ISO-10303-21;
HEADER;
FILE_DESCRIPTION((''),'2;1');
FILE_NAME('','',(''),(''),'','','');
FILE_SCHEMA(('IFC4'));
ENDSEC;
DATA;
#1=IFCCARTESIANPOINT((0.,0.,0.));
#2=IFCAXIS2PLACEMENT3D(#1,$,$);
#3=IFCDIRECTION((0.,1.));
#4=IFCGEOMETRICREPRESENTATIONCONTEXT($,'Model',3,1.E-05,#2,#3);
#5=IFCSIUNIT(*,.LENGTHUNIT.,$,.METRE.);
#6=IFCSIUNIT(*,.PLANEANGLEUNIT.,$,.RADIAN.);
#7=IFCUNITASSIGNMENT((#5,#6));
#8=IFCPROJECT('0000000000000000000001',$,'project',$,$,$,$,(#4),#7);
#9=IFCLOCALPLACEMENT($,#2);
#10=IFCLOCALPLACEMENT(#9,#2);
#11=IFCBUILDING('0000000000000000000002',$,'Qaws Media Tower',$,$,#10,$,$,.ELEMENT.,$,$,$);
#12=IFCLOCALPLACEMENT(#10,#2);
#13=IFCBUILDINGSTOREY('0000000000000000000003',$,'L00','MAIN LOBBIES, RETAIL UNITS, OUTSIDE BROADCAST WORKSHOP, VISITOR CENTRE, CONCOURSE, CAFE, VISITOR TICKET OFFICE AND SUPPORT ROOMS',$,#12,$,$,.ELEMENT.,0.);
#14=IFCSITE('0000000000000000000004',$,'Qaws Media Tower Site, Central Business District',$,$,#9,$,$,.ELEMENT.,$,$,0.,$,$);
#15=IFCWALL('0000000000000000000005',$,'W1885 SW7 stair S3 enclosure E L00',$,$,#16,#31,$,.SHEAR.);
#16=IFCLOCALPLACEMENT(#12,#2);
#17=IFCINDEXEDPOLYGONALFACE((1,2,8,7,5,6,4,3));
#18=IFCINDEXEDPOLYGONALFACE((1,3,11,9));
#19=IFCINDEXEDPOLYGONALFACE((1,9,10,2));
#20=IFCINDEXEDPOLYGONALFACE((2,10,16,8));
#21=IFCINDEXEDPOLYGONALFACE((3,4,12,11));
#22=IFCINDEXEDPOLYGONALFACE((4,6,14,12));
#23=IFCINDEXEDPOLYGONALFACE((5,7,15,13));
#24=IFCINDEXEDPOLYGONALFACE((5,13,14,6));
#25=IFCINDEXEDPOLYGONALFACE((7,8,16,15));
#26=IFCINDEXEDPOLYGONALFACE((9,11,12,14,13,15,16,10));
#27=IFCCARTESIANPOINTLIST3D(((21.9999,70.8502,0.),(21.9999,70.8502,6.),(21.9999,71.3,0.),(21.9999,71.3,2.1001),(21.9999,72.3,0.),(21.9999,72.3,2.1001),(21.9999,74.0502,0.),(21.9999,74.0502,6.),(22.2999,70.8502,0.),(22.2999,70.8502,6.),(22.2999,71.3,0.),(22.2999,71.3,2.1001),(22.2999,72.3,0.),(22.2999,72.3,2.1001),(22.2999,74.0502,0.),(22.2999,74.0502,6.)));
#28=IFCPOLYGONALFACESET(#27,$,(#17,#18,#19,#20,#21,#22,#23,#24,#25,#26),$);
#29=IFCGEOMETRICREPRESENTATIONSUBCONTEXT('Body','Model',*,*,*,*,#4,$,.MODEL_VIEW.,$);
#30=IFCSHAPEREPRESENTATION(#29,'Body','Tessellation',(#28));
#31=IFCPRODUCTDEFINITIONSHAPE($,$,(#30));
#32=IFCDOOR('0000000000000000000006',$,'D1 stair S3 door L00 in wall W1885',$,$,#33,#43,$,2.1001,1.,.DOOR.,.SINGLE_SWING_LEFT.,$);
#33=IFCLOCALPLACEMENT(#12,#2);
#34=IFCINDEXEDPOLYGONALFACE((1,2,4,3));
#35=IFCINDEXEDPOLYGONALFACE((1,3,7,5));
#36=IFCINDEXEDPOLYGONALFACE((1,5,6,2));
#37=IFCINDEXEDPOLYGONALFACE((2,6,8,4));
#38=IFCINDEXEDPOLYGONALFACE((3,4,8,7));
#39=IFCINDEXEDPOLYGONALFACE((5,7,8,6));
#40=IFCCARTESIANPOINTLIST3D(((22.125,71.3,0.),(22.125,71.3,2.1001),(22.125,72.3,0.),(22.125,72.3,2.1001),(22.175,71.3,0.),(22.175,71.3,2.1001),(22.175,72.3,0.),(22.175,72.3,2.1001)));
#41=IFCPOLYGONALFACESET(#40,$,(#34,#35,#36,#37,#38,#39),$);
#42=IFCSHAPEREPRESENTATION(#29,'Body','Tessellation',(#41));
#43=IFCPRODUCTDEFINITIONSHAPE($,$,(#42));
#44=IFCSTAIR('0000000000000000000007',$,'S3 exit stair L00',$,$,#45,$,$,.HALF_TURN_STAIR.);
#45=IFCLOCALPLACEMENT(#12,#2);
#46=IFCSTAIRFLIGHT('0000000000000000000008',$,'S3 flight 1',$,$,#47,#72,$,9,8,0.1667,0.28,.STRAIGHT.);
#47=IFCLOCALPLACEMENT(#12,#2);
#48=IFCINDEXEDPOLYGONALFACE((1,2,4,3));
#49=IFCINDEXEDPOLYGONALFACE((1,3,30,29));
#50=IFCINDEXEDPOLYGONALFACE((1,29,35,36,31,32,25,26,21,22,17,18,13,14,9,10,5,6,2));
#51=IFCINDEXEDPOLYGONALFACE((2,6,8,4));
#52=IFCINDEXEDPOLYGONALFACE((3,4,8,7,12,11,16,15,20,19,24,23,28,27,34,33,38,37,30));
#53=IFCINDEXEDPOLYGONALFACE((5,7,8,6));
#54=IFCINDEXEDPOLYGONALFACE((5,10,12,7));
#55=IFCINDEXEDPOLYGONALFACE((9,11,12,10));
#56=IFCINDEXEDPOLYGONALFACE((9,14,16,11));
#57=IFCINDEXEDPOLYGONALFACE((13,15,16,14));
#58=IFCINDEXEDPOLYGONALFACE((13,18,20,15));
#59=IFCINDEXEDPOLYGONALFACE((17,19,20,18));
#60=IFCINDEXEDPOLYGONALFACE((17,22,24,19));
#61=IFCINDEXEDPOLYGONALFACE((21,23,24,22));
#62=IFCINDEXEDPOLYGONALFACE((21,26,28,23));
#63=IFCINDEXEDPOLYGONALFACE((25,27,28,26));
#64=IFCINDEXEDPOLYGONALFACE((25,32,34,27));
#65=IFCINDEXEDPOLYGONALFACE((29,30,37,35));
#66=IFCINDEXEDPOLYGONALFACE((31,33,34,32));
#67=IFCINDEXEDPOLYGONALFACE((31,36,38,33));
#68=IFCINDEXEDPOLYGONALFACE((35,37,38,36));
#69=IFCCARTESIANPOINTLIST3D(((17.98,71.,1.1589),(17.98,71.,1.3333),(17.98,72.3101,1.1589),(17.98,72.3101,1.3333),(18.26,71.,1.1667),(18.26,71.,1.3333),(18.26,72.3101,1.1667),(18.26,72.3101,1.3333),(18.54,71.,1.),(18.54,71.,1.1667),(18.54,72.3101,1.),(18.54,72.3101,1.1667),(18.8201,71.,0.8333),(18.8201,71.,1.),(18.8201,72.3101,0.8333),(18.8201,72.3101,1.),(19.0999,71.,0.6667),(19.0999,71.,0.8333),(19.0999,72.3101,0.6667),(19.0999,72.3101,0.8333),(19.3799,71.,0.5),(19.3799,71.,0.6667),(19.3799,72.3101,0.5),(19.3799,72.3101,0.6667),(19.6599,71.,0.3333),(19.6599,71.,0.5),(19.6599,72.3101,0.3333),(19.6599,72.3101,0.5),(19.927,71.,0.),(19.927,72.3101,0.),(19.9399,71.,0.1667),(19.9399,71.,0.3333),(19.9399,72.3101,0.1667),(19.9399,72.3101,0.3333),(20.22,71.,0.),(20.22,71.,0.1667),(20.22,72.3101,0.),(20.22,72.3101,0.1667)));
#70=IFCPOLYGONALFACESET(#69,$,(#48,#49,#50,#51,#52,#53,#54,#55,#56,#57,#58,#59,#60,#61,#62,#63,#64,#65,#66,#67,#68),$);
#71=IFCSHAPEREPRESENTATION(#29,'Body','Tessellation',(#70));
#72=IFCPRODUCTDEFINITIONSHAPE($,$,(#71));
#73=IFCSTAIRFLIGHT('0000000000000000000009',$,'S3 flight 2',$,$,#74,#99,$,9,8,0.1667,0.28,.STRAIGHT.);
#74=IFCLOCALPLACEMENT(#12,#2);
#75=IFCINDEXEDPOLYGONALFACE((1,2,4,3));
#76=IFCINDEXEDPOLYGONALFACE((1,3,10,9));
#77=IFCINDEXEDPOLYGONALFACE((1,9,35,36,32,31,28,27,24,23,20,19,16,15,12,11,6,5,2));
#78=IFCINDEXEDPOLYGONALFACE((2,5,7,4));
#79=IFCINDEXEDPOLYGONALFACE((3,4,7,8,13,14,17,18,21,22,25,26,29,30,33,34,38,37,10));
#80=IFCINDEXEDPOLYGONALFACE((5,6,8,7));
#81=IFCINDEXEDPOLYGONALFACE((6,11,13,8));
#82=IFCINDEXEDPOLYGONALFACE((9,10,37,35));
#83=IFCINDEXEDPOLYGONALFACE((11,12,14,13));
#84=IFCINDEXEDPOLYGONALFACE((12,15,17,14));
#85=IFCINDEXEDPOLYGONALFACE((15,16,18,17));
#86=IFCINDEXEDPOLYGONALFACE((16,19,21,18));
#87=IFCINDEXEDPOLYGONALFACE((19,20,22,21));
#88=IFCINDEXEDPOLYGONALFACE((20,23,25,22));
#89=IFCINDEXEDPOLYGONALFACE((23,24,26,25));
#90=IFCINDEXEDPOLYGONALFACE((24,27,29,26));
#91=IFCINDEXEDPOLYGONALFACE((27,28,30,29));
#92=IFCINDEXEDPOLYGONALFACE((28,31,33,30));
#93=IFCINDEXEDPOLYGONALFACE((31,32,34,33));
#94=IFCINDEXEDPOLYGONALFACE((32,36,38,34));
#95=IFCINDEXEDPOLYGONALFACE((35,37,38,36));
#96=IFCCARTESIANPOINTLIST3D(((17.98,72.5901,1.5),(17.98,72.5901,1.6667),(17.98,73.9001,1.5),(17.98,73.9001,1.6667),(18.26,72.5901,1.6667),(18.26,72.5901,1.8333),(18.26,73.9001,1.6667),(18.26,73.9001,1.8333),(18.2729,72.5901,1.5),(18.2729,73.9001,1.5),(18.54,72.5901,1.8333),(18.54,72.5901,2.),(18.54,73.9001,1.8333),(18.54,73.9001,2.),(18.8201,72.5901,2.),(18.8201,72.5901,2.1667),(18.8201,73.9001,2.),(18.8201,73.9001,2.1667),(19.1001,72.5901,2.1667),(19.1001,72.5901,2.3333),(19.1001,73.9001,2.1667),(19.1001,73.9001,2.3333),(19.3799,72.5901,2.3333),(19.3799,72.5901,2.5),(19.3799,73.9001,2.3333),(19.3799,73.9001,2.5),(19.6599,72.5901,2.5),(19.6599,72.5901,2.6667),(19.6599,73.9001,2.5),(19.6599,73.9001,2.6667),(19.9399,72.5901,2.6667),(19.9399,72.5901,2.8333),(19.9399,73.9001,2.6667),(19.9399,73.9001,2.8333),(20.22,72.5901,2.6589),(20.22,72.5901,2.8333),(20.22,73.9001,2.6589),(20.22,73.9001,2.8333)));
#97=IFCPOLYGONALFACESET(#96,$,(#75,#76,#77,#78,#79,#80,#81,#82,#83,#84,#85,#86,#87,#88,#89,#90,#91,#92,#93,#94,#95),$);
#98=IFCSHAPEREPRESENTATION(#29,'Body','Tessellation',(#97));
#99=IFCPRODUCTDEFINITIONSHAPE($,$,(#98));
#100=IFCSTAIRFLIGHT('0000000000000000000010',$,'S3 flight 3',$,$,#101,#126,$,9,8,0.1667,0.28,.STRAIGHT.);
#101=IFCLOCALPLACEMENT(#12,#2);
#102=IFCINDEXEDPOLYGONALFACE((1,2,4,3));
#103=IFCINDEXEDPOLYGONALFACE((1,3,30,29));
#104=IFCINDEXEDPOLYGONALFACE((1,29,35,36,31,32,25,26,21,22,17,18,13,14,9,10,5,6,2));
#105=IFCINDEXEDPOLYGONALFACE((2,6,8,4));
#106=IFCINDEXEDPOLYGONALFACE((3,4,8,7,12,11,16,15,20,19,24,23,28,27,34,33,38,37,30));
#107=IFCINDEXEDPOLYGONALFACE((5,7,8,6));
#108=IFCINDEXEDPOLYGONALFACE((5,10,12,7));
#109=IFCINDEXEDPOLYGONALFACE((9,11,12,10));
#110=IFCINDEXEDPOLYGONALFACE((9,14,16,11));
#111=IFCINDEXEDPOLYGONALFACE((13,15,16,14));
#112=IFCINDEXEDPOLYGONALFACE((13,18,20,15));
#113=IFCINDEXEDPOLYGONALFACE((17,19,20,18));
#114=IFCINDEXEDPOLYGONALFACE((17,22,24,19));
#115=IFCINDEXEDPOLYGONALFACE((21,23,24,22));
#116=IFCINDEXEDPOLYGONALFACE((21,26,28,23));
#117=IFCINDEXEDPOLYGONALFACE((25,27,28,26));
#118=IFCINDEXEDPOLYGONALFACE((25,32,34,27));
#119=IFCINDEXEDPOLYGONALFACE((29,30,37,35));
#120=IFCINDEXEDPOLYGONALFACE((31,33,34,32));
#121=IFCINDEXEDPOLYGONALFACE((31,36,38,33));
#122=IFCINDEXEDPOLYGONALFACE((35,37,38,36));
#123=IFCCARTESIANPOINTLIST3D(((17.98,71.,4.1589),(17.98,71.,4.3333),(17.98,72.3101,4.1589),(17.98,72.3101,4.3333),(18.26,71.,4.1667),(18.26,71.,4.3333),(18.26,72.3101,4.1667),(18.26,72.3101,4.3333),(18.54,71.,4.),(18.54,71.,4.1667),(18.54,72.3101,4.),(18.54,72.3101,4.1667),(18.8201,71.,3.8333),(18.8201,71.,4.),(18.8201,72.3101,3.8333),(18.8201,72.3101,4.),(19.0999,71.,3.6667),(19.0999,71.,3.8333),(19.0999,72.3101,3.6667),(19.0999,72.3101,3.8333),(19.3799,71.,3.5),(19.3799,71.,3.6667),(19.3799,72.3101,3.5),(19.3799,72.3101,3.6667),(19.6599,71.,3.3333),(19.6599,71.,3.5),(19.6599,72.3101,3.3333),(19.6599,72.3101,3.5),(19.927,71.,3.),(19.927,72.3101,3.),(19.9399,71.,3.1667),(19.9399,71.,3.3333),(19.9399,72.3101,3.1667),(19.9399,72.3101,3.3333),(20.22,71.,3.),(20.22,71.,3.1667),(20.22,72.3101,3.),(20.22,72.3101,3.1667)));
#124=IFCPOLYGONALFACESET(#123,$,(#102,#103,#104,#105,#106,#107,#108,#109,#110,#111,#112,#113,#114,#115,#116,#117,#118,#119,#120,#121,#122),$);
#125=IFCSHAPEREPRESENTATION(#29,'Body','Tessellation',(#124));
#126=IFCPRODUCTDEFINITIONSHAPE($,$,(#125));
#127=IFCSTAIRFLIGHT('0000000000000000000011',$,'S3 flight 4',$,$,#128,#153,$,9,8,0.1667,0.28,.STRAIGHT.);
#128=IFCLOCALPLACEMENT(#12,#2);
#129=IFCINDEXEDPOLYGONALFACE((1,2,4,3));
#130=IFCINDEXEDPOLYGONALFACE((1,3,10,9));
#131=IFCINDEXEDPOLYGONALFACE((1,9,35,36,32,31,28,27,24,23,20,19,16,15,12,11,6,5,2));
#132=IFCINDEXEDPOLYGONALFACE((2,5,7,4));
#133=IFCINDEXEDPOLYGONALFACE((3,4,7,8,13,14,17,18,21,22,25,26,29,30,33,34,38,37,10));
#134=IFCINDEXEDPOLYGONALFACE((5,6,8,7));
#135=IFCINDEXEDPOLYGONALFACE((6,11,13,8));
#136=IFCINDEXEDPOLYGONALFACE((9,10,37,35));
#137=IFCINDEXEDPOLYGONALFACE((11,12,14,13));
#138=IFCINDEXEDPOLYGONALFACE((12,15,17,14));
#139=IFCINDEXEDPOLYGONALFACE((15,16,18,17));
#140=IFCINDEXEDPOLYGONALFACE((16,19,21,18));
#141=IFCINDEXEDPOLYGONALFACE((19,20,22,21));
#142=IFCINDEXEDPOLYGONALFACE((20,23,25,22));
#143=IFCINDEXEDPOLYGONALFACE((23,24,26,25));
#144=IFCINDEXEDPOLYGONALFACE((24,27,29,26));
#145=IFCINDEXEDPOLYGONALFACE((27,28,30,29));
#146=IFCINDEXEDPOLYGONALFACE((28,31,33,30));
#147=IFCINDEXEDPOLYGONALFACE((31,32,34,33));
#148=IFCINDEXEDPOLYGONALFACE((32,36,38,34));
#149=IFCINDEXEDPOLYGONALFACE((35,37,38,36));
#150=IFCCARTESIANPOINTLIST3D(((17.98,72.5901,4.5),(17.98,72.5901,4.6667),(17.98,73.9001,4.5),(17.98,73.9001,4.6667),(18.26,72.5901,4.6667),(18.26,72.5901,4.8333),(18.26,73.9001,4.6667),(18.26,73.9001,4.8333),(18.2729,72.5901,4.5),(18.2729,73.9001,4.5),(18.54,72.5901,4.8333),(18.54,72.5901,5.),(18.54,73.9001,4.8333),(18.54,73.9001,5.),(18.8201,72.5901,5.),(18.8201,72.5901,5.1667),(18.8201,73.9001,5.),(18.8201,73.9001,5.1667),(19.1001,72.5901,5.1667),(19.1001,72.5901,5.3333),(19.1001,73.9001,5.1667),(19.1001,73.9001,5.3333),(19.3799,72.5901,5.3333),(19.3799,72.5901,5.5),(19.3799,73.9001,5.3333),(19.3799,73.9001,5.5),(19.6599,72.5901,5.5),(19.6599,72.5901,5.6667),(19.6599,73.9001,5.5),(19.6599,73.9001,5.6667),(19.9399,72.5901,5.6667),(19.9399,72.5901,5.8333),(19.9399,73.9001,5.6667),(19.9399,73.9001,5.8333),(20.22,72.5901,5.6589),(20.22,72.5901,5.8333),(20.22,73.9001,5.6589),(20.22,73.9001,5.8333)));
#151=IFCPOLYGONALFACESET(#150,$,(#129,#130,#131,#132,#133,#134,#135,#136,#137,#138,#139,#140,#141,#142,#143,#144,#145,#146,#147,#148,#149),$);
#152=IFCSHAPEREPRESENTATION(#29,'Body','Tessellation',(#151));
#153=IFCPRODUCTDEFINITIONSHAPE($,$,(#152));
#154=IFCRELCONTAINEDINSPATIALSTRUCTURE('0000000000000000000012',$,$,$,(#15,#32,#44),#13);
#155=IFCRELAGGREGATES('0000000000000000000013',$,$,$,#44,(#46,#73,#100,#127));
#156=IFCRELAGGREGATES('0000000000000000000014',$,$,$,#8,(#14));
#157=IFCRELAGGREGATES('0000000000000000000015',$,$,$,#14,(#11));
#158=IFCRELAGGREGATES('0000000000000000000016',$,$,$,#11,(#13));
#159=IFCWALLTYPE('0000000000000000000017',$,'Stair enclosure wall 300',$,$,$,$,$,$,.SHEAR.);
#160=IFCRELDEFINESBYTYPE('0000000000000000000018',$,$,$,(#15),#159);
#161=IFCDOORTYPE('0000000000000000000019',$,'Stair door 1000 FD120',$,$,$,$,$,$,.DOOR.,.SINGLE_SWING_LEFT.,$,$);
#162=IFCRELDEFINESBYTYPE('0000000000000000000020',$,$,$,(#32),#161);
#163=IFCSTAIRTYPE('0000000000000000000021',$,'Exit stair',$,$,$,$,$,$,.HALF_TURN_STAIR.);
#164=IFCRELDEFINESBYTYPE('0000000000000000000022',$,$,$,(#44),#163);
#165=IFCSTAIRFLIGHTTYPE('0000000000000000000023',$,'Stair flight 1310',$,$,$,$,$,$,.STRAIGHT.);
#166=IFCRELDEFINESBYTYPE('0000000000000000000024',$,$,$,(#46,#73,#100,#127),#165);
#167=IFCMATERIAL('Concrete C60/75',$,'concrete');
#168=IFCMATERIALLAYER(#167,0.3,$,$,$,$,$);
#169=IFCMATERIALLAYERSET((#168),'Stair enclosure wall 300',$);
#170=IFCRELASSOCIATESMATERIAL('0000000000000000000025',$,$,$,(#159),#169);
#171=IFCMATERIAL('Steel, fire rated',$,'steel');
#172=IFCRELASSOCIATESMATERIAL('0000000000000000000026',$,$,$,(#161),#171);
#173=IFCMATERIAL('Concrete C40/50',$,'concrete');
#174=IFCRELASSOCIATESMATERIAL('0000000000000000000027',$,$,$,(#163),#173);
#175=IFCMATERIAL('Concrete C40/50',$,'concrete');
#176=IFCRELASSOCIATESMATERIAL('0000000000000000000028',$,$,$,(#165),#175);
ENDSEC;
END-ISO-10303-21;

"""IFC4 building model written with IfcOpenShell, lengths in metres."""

from ifc_helpers import new_model, si_unit, direction, frame, frame_2d, origin, place, context, subcontext, project, spatial, polyline, rectangle, outline, extrude, material, layer, layer_set, type_object, element, fill, aggregate, save


model = new_model("IFC4")

# Units and contexts
model_context = context("Model", 3, precision=1e-05, world=origin(), true_north=direction((0.0, 1.0)))
body_context = subcontext(model_context, "Body", "Model", "MODEL_VIEW")
ifc_project = project(units=[si_unit("LENGTHUNIT", "METRE"), si_unit("PLANEANGLEUNIT", "RADIAN")], contexts=[model_context])

# Site, building, storey
site_placement = place(None, origin())
site = spatial("IfcSite", under=ifc_project, at=site_placement, Name="Qaws Media Tower Site, Central Business District", CompositionType="ELEMENT", RefElevation=0.0)
building_placement = place(site_placement, origin())
building = spatial("IfcBuilding", under=site, at=building_placement, Name="Qaws Media Tower", CompositionType="ELEMENT")
storey_placement = place(building_placement, origin())
storey = spatial("IfcBuildingStorey", under=building, at=storey_placement, Name="L00", Description="MAIN LOBBIES, RETAIL UNITS, OUTSIDE BROADCAST WORKSHOP, VISITOR CENTRE, CONCOURSE, CAFE, VISITOR TICKET OFFICE AND SUPPORT ROOMS", CompositionType="ELEMENT", Elevation=0.0)

# Shared definitions
ifc_material_1 = material(Name="Concrete C60/75", Category="concrete")
ifc_layer_1 = layer(ifc_material_1, 0.3)
ifc_layer_set_1 = layer_set([ifc_layer_1], Name="Stair enclosure wall 300")
wall_type_1 = type_object("IfcWallType", Name="Stair enclosure wall 300", PredefinedType="SHEAR", material=ifc_layer_set_1)

# Wall, opening, door
wall_1_placement = place(storey_placement, frame((22.1499, 70.8501, 0.0), z_axis=(0.0, 0.0, 1.0), x_axis=(0.0, 1.0, 0.0)))
wall_1 = element("IfcWall", 1, at=wall_1_placement, inside=storey, type_object=wall_type_1, Name="W1885 SW7 stair S3 enclosure E L00", PredefinedType="SHEAR", context=body_context, shape_type="SweptSolid", body=[
    extrude(rectangle(XDim=3.2, YDim=0.3, at=frame_2d((1.6001, 0.0))), origin(), (0.0, 0.0, 1.0), 6.0),
])
opening_placement = place(wall_1_placement, frame((0.45, 0.0, 0.0)))
opening = element("IfcOpeningElement", 2, at=opening_placement, cuts=wall_1, PredefinedType="OPENING", context=body_context, shape_type="SweptSolid", body=[
    extrude(rectangle(XDim=1.0, YDim=2.1001, at=frame_2d((0.5, 1.05))), frame((0.0, 0.1599, 0.0), z_axis=(0.0, -1.0, 0.0), x_axis=(1.0, 0.0, 0.0)), (0.0, 0.0, 1.0), 0.3201),
])
ifc_material_2 = material(Name="Steel, fire rated", Category="steel")
door_type = type_object("IfcDoorType", Name="Stair door 1000 FD120", OperationType="SINGLE_SWING_LEFT", PredefinedType="DOOR", material=ifc_material_2)
door_placement = place(opening_placement, origin())
door = element("IfcDoor", 3, at=door_placement, inside=storey, type_object=door_type, Name="D1 stair S3 door L00 in wall W1885", OperationType="SINGLE_SWING_LEFT", OverallHeight=2.1001, OverallWidth=1.0, PredefinedType="DOOR", context=body_context, shape_type="SweptSolid", body=[
    extrude(rectangle(XDim=1.0, YDim=2.1001, at=frame_2d((0.5, 1.05))), frame((0.0, 0.0249, 0.0), z_axis=(0.0, -1.0, 0.0), x_axis=(1.0, 0.0, 0.0)), (0.0, 0.0, 1.0), 0.05),
])
fill(opening, door)

# Stair, stair flights
ifc_material_3 = material(Name="Concrete C40/50", Category="concrete")
stair_type = type_object("IfcStairType", Name="Exit stair", PredefinedType="HALF_TURN_STAIR", material=ifc_material_3)
stair_placement = place(storey_placement, origin())
stair = element("IfcStair", 4, at=stair_placement, inside=storey, type_object=stair_type, Name="S3 exit stair L00", PredefinedType="HALF_TURN_STAIR")
ifc_material_4 = material(Name="Concrete C40/50", Category="concrete")
stair_flight_type = type_object("IfcStairFlightType", Name="Stair flight 1310", PredefinedType="STRAIGHT", material=ifc_material_4)
stair_flight_1_placement = place(storey_placement, frame((20.22, 71.655, 0.0), z_axis=(0.0, 0.0, 1.0), x_axis=(-1.0, 0.0, 0.0)))
stair_flight_1 = element("IfcStairFlight", 5, at=stair_flight_1_placement, type_object=stair_flight_type, Name="S3 flight 1", NumberOfRisers=9, NumberOfTreads=8, PredefinedType="STRAIGHT", RiserHeight=0.1667, TreadLength=0.28, context=body_context, shape_type="SweptSolid", body=[
    extrude(outline(polyline([(0.0, 0.0), (0.0, 0.1667), (0.28, 0.1667), (0.28, 0.3333), (0.5601, 0.3333), (0.5601, 0.5), (0.8401, 0.5), (0.8401, 0.6667), (1.1201, 0.6667), (1.1201, 0.8333), (1.3999, 0.8333), (1.3999, 1.0), (1.6799, 1.0), (1.6799, 1.1667), (1.96, 1.1667), (1.96, 1.3333), (2.24, 1.3333), (2.24, 1.5), (2.24, 1.1589), (0.293, 0.0), (0.0, 0.0)])), frame((0.0, 0.655, 0.0), z_axis=(0.0, -1.0, 0.0), x_axis=(1.0, 0.0, 0.0)), (0.0, 0.0, 1.0), 1.3101),
])
stair_flight_2_placement = place(storey_placement, frame((17.98, 73.2451, 1.5), z_axis=(0.0, 0.0, 1.0), x_axis=(1.0, 0.0, 0.0)))
stair_flight_2 = element("IfcStairFlight", 6, at=stair_flight_2_placement, type_object=stair_flight_type, Name="S3 flight 2", NumberOfRisers=9, NumberOfTreads=8, PredefinedType="STRAIGHT", RiserHeight=0.1667, TreadLength=0.28, context=body_context, shape_type="SweptSolid", body=[
    extrude(outline(polyline([(0.0, 0.0), (0.0, 0.1667), (0.28, 0.1667), (0.28, 0.3333), (0.5601, 0.3333), (0.5601, 0.5), (0.8401, 0.5), (0.8401, 0.6667), (1.1201, 0.6667), (1.1201, 0.8333), (1.3999, 0.8333), (1.3999, 1.0), (1.6799, 1.0), (1.6799, 1.1667), (1.96, 1.1667), (1.96, 1.3333), (2.24, 1.3333), (2.24, 1.5), (2.24, 1.1589), (0.293, 0.0), (0.0, 0.0)])), frame((0.0, 0.655, 0.0), z_axis=(0.0, -1.0, 0.0), x_axis=(1.0, 0.0, 0.0)), (0.0, 0.0, 1.0), 1.3101),
])
stair_flight_3_placement = place(storey_placement, frame((20.22, 71.655, 3.0), z_axis=(0.0, 0.0, 1.0), x_axis=(-1.0, 0.0, 0.0)))
stair_flight_3 = element("IfcStairFlight", 7, at=stair_flight_3_placement, type_object=stair_flight_type, Name="S3 flight 3", NumberOfRisers=9, NumberOfTreads=8, PredefinedType="STRAIGHT", RiserHeight=0.1667, TreadLength=0.28, context=body_context, shape_type="SweptSolid", body=[
    extrude(outline(polyline([(0.0, 0.0), (0.0, 0.1667), (0.28, 0.1667), (0.28, 0.3333), (0.5601, 0.3333), (0.5601, 0.5), (0.8401, 0.5), (0.8401, 0.6667), (1.1201, 0.6667), (1.1201, 0.8333), (1.3999, 0.8333), (1.3999, 1.0), (1.6799, 1.0), (1.6799, 1.1667), (1.96, 1.1667), (1.96, 1.3333), (2.24, 1.3333), (2.24, 1.5), (2.24, 1.1589), (0.293, 0.0), (0.0, 0.0)])), frame((0.0, 0.655, 0.0), z_axis=(0.0, -1.0, 0.0), x_axis=(1.0, 0.0, 0.0)), (0.0, 0.0, 1.0), 1.3101),
])
stair_flight_4_placement = place(storey_placement, frame((17.98, 73.2451, 4.5), z_axis=(0.0, 0.0, 1.0), x_axis=(1.0, 0.0, 0.0)))
stair_flight_4 = element("IfcStairFlight", 8, at=stair_flight_4_placement, type_object=stair_flight_type, Name="S3 flight 4", NumberOfRisers=9, NumberOfTreads=8, PredefinedType="STRAIGHT", RiserHeight=0.1667, TreadLength=0.28, context=body_context, shape_type="SweptSolid", body=[
    extrude(outline(polyline([(0.0, 0.0), (0.0, 0.1667), (0.28, 0.1667), (0.28, 0.3333), (0.5601, 0.3333), (0.5601, 0.5), (0.8401, 0.5), (0.8401, 0.6667), (1.1201, 0.6667), (1.1201, 0.8333), (1.3999, 0.8333), (1.3999, 1.0), (1.6799, 1.0), (1.6799, 1.1667), (1.96, 1.1667), (1.96, 1.3333), (2.24, 1.3333), (2.24, 1.5), (2.24, 1.1589), (0.293, 0.0), (0.0, 0.0)])), frame((0.0, 0.655, 0.0), z_axis=(0.0, -1.0, 0.0), x_axis=(1.0, 0.0, 0.0)), (0.0, 0.0, 1.0), 1.3101),
])
aggregate(stair, [stair_flight_1, stair_flight_2, stair_flight_3, stair_flight_4])

save(model, "model.ifc")
